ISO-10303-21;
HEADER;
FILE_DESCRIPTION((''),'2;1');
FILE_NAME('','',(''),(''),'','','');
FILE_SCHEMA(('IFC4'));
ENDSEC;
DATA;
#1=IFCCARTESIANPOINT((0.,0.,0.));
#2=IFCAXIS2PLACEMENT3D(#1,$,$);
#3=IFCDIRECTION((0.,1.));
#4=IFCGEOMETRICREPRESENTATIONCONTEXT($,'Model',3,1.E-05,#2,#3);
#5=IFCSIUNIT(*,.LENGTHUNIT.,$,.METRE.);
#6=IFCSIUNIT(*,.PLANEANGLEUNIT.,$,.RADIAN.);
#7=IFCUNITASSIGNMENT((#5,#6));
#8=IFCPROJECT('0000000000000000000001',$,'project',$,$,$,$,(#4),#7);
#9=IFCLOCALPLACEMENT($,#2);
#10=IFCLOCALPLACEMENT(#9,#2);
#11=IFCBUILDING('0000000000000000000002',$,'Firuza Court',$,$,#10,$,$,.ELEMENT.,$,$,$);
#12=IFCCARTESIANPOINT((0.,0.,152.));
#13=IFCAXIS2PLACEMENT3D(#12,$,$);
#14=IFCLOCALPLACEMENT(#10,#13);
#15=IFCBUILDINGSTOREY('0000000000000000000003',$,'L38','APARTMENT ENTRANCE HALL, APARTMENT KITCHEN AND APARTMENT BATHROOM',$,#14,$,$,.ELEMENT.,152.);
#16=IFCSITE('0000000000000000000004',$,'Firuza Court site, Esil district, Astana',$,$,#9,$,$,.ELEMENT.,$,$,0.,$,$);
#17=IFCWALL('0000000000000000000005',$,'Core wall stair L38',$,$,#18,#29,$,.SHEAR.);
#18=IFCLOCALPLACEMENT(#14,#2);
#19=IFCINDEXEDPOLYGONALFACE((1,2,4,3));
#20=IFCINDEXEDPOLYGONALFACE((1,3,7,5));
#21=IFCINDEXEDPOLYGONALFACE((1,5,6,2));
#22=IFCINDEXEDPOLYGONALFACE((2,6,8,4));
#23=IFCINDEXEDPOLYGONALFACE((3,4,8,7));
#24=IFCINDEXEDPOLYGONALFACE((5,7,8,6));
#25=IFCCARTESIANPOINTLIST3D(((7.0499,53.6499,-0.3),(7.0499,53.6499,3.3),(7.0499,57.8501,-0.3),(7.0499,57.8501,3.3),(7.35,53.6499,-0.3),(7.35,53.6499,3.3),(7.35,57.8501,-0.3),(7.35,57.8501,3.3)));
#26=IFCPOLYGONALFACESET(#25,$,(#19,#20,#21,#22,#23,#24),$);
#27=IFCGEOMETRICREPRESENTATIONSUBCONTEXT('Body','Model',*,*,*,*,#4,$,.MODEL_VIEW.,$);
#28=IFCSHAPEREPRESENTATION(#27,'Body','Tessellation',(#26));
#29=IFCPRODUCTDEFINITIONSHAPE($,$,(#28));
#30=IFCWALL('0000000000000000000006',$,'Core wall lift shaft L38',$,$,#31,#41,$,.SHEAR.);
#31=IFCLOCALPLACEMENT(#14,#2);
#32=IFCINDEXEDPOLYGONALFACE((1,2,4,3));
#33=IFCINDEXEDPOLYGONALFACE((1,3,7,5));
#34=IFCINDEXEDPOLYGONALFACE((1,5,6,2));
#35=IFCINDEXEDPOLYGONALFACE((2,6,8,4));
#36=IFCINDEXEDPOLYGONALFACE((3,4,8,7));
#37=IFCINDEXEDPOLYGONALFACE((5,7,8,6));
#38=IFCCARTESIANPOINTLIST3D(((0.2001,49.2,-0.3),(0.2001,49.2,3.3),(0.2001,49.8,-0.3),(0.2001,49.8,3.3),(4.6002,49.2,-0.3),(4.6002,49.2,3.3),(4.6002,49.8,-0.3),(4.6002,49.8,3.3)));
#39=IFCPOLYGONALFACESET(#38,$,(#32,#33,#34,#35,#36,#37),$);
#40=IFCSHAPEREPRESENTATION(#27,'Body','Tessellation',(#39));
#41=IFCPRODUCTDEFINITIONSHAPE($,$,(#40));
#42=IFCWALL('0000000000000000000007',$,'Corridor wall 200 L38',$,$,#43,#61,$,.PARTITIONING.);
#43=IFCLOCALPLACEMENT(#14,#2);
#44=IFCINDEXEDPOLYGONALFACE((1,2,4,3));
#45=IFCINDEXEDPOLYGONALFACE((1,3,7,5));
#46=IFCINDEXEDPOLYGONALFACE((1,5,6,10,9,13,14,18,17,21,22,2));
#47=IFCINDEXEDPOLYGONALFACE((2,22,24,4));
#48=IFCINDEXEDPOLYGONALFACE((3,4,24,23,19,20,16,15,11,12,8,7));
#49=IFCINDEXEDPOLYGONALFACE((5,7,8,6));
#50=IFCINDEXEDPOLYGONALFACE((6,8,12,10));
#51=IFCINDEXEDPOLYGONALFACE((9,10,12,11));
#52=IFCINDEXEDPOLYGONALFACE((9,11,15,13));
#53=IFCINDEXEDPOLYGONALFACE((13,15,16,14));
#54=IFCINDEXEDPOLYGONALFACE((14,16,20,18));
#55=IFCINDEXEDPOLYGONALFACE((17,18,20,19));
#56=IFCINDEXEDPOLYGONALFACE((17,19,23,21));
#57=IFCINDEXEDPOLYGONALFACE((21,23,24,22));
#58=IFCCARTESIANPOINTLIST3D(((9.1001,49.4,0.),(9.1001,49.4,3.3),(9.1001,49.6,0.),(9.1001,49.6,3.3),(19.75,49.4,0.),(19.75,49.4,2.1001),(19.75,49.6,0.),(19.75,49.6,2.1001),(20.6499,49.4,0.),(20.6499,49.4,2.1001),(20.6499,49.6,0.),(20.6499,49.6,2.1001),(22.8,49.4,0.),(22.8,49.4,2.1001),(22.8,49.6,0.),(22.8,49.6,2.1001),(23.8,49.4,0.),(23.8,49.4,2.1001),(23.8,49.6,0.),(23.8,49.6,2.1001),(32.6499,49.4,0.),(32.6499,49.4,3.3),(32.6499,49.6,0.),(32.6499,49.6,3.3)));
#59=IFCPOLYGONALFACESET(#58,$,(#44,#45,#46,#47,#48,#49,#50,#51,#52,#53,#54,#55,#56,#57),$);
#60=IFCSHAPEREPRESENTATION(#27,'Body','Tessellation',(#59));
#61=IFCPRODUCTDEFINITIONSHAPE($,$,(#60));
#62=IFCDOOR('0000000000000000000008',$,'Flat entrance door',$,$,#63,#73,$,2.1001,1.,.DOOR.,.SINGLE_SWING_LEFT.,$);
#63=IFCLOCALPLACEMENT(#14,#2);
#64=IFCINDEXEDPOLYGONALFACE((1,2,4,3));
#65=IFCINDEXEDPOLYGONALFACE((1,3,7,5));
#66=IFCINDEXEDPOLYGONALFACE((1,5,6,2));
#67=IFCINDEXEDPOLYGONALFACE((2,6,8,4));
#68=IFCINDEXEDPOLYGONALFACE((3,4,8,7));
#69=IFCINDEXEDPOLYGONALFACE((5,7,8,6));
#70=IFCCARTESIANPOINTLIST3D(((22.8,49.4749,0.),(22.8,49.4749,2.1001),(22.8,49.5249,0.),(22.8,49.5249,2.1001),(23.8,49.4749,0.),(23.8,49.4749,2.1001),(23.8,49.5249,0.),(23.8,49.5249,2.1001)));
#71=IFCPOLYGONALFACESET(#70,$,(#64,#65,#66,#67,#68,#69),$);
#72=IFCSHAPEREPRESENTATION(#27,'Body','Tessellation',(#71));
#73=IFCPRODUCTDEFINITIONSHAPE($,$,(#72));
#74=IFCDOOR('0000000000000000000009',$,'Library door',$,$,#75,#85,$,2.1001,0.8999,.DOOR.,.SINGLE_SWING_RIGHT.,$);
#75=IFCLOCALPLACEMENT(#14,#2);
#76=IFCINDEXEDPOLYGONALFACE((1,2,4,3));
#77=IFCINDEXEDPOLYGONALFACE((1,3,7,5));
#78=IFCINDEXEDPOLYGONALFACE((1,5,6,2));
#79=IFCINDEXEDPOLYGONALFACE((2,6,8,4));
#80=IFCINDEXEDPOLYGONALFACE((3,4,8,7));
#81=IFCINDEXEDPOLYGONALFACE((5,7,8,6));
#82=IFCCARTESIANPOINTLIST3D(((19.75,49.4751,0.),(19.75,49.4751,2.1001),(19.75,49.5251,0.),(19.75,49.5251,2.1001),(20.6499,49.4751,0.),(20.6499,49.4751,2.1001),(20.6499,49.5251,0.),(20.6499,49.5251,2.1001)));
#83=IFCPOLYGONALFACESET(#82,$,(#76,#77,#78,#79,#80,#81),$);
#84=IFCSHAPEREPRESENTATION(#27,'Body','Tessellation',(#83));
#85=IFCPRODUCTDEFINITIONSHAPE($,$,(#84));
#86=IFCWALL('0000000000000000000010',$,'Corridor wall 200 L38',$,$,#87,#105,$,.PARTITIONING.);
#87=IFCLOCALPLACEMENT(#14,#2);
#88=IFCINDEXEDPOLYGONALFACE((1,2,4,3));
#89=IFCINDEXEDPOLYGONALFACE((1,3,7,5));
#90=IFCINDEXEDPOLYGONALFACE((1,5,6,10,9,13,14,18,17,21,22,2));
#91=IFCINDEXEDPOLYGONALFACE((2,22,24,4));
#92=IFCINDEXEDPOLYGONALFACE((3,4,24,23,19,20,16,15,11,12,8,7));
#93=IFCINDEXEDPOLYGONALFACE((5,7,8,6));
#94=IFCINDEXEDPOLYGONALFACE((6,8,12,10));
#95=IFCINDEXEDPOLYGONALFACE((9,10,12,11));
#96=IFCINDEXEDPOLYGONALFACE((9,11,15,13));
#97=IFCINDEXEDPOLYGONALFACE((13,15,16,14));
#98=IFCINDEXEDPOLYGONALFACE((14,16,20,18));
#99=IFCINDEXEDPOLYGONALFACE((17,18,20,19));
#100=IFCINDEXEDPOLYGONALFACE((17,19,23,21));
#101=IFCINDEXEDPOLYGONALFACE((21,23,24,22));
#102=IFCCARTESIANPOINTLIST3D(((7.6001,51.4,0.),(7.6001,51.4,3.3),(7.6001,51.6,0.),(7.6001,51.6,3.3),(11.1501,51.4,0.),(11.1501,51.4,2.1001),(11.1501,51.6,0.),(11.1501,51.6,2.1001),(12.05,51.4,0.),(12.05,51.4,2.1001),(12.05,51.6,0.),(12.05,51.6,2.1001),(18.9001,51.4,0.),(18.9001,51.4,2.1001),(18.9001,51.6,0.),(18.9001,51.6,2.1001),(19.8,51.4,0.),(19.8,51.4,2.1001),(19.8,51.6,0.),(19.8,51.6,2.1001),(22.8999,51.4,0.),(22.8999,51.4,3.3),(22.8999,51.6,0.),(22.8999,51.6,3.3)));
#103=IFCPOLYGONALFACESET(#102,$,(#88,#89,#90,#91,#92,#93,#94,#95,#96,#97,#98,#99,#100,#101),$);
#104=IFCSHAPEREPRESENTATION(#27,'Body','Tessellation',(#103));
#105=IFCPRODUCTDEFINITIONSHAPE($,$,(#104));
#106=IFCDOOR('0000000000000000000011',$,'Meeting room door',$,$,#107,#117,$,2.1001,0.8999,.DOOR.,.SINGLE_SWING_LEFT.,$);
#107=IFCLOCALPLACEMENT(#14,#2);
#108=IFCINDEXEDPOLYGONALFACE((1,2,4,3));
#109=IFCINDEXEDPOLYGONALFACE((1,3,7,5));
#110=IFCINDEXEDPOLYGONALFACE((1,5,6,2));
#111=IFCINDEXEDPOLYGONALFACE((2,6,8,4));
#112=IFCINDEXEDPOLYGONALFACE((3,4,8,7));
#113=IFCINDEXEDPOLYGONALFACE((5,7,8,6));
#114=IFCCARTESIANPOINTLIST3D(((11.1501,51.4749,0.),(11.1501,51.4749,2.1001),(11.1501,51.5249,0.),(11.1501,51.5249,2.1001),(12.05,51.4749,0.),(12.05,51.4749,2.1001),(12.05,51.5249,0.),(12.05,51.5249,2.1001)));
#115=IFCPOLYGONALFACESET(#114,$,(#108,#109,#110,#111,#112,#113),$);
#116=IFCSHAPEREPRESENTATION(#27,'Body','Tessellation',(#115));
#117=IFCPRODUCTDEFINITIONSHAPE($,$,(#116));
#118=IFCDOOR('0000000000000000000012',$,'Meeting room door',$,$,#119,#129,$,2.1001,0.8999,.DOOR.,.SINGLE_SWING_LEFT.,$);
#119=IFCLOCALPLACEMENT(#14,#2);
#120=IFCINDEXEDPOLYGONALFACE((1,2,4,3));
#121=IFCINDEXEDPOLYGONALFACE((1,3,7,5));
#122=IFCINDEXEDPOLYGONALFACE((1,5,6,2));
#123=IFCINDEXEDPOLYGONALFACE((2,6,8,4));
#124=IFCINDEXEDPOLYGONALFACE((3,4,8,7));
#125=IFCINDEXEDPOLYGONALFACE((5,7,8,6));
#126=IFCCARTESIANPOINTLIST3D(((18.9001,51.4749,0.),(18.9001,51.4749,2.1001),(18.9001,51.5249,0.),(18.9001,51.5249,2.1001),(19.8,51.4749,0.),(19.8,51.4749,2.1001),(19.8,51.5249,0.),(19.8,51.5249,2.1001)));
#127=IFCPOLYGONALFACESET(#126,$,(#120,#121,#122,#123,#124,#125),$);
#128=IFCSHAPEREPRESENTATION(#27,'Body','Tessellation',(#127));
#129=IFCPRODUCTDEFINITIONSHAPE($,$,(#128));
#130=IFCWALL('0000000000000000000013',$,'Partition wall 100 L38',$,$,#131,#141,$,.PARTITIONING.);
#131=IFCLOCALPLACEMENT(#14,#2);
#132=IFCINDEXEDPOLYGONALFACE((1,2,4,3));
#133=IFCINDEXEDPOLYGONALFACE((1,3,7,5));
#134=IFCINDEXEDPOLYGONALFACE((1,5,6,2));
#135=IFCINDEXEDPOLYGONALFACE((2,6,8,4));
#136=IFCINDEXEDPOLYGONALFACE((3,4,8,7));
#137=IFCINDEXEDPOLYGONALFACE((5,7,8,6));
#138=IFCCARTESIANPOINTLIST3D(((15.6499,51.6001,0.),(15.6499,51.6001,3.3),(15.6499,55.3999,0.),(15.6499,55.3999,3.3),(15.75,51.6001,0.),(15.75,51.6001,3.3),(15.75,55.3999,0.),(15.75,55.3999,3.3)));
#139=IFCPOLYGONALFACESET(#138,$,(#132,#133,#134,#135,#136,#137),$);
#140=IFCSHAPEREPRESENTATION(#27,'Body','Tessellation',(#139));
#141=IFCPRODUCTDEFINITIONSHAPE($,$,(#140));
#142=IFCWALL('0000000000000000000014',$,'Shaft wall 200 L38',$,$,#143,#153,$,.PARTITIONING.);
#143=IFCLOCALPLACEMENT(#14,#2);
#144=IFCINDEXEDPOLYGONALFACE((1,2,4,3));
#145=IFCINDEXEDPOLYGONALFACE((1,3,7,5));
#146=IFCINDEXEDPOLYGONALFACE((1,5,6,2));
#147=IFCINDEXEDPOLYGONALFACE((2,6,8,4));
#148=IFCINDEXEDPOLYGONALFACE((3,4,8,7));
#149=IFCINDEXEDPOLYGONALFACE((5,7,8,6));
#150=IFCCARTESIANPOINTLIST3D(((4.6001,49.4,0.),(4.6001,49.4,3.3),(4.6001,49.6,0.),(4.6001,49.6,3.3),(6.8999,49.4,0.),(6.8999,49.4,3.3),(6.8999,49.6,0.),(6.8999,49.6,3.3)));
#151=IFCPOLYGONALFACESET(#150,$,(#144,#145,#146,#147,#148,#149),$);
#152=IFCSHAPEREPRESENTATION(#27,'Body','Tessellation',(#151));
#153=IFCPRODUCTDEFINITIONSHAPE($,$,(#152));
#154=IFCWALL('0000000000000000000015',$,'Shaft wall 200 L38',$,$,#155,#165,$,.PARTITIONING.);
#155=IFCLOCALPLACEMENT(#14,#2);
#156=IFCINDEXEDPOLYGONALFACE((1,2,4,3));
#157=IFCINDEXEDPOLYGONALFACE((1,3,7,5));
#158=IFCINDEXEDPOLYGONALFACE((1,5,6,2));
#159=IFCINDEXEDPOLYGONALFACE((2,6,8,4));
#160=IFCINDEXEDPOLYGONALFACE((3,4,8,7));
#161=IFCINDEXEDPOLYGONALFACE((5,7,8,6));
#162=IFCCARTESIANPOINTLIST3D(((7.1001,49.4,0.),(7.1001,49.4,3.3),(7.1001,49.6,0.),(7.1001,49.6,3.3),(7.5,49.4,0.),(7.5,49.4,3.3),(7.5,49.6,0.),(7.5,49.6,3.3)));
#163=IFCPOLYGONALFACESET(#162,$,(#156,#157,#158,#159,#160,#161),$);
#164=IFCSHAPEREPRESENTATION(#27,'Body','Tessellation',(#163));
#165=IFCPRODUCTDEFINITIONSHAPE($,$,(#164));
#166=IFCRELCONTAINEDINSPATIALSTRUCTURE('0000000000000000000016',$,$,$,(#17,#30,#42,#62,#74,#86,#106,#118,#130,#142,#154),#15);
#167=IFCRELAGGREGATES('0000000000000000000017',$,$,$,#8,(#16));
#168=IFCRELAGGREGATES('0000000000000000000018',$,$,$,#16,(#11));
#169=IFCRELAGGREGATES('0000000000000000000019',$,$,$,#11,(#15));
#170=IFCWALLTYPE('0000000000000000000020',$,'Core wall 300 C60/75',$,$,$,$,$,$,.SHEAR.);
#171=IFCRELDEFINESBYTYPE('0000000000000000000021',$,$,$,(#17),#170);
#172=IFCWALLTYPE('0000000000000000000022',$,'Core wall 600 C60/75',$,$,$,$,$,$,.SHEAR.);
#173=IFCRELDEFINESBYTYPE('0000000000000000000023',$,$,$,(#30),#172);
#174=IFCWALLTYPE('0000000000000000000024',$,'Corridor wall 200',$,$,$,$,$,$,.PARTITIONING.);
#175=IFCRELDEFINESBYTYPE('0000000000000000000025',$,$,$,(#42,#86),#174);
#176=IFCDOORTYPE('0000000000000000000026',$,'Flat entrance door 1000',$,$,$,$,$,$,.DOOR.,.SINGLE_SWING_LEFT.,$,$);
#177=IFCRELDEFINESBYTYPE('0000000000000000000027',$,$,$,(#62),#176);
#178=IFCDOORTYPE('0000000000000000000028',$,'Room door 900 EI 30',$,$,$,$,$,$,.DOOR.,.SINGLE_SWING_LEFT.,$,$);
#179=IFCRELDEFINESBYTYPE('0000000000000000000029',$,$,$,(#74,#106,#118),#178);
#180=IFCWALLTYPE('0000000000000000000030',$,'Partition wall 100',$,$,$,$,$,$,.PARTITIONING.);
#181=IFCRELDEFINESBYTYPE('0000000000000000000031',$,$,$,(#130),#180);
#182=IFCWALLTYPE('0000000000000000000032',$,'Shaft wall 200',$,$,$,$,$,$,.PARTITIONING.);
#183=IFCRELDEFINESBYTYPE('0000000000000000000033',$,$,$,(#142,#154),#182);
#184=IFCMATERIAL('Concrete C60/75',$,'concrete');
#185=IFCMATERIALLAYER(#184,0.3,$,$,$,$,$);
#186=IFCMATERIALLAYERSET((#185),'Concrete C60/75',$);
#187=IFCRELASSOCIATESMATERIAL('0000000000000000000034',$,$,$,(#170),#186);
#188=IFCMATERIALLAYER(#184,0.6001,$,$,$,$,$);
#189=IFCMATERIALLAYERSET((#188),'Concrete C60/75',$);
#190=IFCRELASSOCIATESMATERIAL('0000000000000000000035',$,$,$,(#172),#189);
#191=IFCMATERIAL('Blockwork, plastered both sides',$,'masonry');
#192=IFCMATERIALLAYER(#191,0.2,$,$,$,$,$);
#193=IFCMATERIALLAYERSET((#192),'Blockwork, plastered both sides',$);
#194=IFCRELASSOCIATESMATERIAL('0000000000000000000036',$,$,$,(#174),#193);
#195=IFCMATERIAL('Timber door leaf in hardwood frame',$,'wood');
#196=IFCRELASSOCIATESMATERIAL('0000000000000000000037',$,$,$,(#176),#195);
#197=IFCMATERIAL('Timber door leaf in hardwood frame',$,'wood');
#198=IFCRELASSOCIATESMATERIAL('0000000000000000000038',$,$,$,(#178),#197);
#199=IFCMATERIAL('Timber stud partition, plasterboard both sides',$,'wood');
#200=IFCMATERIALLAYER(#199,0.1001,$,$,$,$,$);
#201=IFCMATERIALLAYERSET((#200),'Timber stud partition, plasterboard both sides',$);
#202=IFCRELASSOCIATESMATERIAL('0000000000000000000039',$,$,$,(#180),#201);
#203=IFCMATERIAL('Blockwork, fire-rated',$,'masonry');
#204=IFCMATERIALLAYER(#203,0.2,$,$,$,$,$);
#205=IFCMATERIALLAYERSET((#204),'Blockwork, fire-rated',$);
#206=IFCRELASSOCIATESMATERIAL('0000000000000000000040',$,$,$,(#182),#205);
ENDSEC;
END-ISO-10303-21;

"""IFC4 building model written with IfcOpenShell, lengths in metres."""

from ifc_helpers import new_model, si_unit, direction, frame, frame_2d, origin, place, context, subcontext, project, spatial, rectangle, extrude, material, layer, layer_set, type_object, element, fill, save


model = new_model("IFC4")

# Units and contexts
model_context = context("Model", 3, precision=1e-05, world=origin(), true_north=direction((0.0, 1.0)))
body_context = subcontext(model_context, "Body", "Model", "MODEL_VIEW")
ifc_project = project(units=[si_unit("LENGTHUNIT", "METRE"), si_unit("PLANEANGLEUNIT", "RADIAN")], contexts=[model_context])

# Site, building, storey
site_placement = place(None, origin())
site = spatial("IfcSite", under=ifc_project, at=site_placement, Name="Firuza Court site, Esil district, Astana", CompositionType="ELEMENT", RefElevation=0.0)
building_placement = place(site_placement, origin())
building = spatial("IfcBuilding", under=site, at=building_placement, Name="Firuza Court", CompositionType="ELEMENT")
storey_placement = place(building_placement, frame((0.0, 0.0, 152.0)))
storey = spatial("IfcBuildingStorey", under=building, at=storey_placement, Name="L38", Description="APARTMENT ENTRANCE HALL, APARTMENT KITCHEN AND APARTMENT BATHROOM", CompositionType="ELEMENT", Elevation=152.0)

# Shared definitions
ifc_material_1 = material(Name="Concrete C60/75", Category="concrete")
ifc_layer_1 = layer(ifc_material_1, 0.3)
ifc_layer_set_1 = layer_set([ifc_layer_1], Name="Concrete C60/75")
wall_type_1 = type_object("IfcWallType", Name="Core wall 300 C60/75", PredefinedType="SHEAR", material=ifc_layer_set_1)

# Walls
wall_1_placement = place(storey_placement, frame((7.2, 53.6499, -0.3), z_axis=(0.0, 0.0, 1.0), x_axis=(0.0, 1.0, 0.0)))
element("IfcWall", 1, at=wall_1_placement, inside=storey, type_object=wall_type_1, Name="Core wall stair L38", PredefinedType="SHEAR", context=body_context, shape_type="SweptSolid", body=[
    extrude(rectangle(XDim=4.2002, YDim=0.3, at=frame_2d((2.1001, 0.0))), origin(), (0.0, 0.0, 1.0), 3.6001),
])
ifc_layer_2 = layer(ifc_material_1, 0.6001)
ifc_layer_set_2 = layer_set([ifc_layer_2], Name="Concrete C60/75")
wall_type_2 = type_object("IfcWallType", Name="Core wall 600 C60/75", PredefinedType="SHEAR", material=ifc_layer_set_2)
wall_2_placement = place(storey_placement, frame((0.2, 49.5, -0.3), z_axis=(0.0, 0.0, 1.0), x_axis=(1.0, 0.0, 0.0)))
element("IfcWall", 2, at=wall_2_placement, inside=storey, type_object=wall_type_2, Name="Core wall lift shaft L38", PredefinedType="SHEAR", context=body_context, shape_type="SweptSolid", body=[
    extrude(rectangle(XDim=4.4001, YDim=0.6001, at=frame_2d((2.2002, 0.0))), origin(), (0.0, 0.0, 1.0), 3.6001),
])

# Walls, openings, doors
ifc_material_2 = material(Name="Blockwork, plastered both sides", Category="masonry")
ifc_layer_3 = layer(ifc_material_2, 0.2)
ifc_layer_set_3 = layer_set([ifc_layer_3], Name="Blockwork, plastered both sides")
wall_type_3 = type_object("IfcWallType", Name="Corridor wall 200", PredefinedType="PARTITIONING", material=ifc_layer_set_3)
wall_3_placement = place(storey_placement, frame((9.1001, 49.5, 0.0), z_axis=(0.0, 0.0, 1.0), x_axis=(1.0, 0.0, 0.0)))
wall_3 = element("IfcWall", 3, at=wall_3_placement, inside=storey, type_object=wall_type_3, Name="Corridor wall 200 L38", PredefinedType="PARTITIONING", context=body_context, shape_type="SweptSolid", body=[
    extrude(rectangle(XDim=23.5498, YDim=0.2, at=frame_2d((11.7749, 0.0))), origin(), (0.0, 0.0, 1.0), 3.3),
])
opening_1_placement = place(wall_3_placement, frame((13.7, 0.0, 0.0)))
opening_1 = element("IfcOpeningElement", 4, at=opening_1_placement, cuts=wall_3, PredefinedType="OPENING", context=body_context, shape_type="SweptSolid", body=[
    extrude(rectangle(XDim=1.0, YDim=2.1001, at=frame_2d((0.5, 1.05))), frame((0.0, 0.1118, 0.0), z_axis=(0.0, -1.0, 0.0), x_axis=(1.0, 0.0, 0.0)), (0.0, 0.0, 1.0), 0.2239),
])
opening_2_placement = place(wall_3_placement, frame((10.6499, 0.0, 0.0)))
opening_2 = element("IfcOpeningElement", 5, at=opening_2_placement, cuts=wall_3, PredefinedType="OPENING", context=body_context, shape_type="SweptSolid", body=[
    extrude(rectangle(XDim=0.8999, YDim=2.1001, at=frame_2d((0.45, 1.05))), frame((0.0, 0.1118, 0.0), z_axis=(0.0, -1.0, 0.0), x_axis=(1.0, 0.0, 0.0)), (0.0, 0.0, 1.0), 0.2239),
])
ifc_material_3 = material(Name="Timber door leaf in hardwood frame", Category="wood")
door_type_1 = type_object("IfcDoorType", Name="Flat entrance door 1000", OperationType="SINGLE_SWING_LEFT", PredefinedType="DOOR", material=ifc_material_3)
door_1_placement = place(opening_1_placement, origin())
door_1 = element("IfcDoor", 6, at=door_1_placement, inside=storey, type_object=door_type_1, Name="Flat entrance door", OperationType="SINGLE_SWING_LEFT", OverallHeight=2.1001, OverallWidth=1.0, PredefinedType="DOOR", context=body_context, shape_type="SweptSolid", body=[
    extrude(rectangle(XDim=1.0, YDim=2.1001, at=frame_2d((0.5, 1.05))), frame((0.0, 0.0249, 0.0), z_axis=(0.0, -1.0, 0.0), x_axis=(1.0, 0.0, 0.0)), (0.0, 0.0, 1.0), 0.05),
])
fill(opening_1, door_1)
ifc_material_4 = material(Name="Timber door leaf in hardwood frame", Category="wood")
door_type_2 = type_object("IfcDoorType", Name="Room door 900 EI 30", OperationType="SINGLE_SWING_LEFT", PredefinedType="DOOR", material=ifc_material_4)
door_2_placement = place(opening_2_placement, frame((0.8999, 0.0, 0.0), z_axis=(0.0, 0.0, 1.0), x_axis=(-1.0, 0.0, 0.0)))
door_2 = element("IfcDoor", 7, at=door_2_placement, inside=storey, type_object=door_type_2, Name="Library door", OperationType="SINGLE_SWING_RIGHT", OverallHeight=2.1001, OverallWidth=0.8999, PredefinedType="DOOR", context=body_context, shape_type="SweptSolid", body=[
    extrude(rectangle(XDim=0.8999, YDim=2.1001, at=frame_2d((0.45, 1.05))), frame((0.0, 0.0249, 0.0), z_axis=(0.0, -1.0, 0.0), x_axis=(1.0, 0.0, 0.0)), (0.0, 0.0, 1.0), 0.05),
])
fill(opening_2, door_2)
wall_4_placement = place(storey_placement, frame((7.6001, 51.5, 0.0), z_axis=(0.0, 0.0, 1.0), x_axis=(1.0, 0.0, 0.0)))
wall_4 = element("IfcWall", 8, at=wall_4_placement, inside=storey, type_object=wall_type_3, Name="Corridor wall 200 L38", PredefinedType="PARTITIONING", context=body_context, shape_type="SweptSolid", body=[
    extrude(rectangle(XDim=15.2998, YDim=0.2, at=frame_2d((7.6499, 0.0))), origin(), (0.0, 0.0, 1.0), 3.3),
])
opening_3_placement = place(wall_4_placement, frame((3.55, 0.0, 0.0)))
opening_3 = element("IfcOpeningElement", 9, at=opening_3_placement, cuts=wall_4, PredefinedType="OPENING", context=body_context, shape_type="SweptSolid", body=[
    extrude(rectangle(XDim=0.8999, YDim=2.1001, at=frame_2d((0.45, 1.05))), frame((0.0, 0.1118, 0.0), z_axis=(0.0, -1.0, 0.0), x_axis=(1.0, 0.0, 0.0)), (0.0, 0.0, 1.0), 0.2239),
])
opening_4_placement = place(wall_4_placement, frame((11.3, 0.0, 0.0)))
opening_4 = element("IfcOpeningElement", 10, at=opening_4_placement, cuts=wall_4, PredefinedType="OPENING", context=body_context, shape_type="SweptSolid", body=[
    extrude(rectangle(XDim=0.8999, YDim=2.1001, at=frame_2d((0.45, 1.05))), frame((0.0, 0.1118, 0.0), z_axis=(0.0, -1.0, 0.0), x_axis=(1.0, 0.0, 0.0)), (0.0, 0.0, 1.0), 0.2239),
])
door_3_placement = place(opening_3_placement, origin())
door_3 = element("IfcDoor", 11, at=door_3_placement, inside=storey, type_object=door_type_2, Name="Meeting room door", OperationType="SINGLE_SWING_LEFT", OverallHeight=2.1001, OverallWidth=0.8999, PredefinedType="DOOR", context=body_context, shape_type="SweptSolid", body=[
    extrude(rectangle(XDim=0.8999, YDim=2.1001, at=frame_2d((0.45, 1.05))), frame((0.0, 0.0249, 0.0), z_axis=(0.0, -1.0, 0.0), x_axis=(1.0, 0.0, 0.0)), (0.0, 0.0, 1.0), 0.05),
])
fill(opening_3, door_3)
door_4_placement = place(opening_4_placement, origin())
door_4 = element("IfcDoor", 12, at=door_4_placement, inside=storey, type_object=door_type_2, Name="Meeting room door", OperationType="SINGLE_SWING_LEFT", OverallHeight=2.1001, OverallWidth=0.8999, PredefinedType="DOOR", context=body_context, shape_type="SweptSolid", body=[
    extrude(rectangle(XDim=0.8999, YDim=2.1001, at=frame_2d((0.45, 1.05))), frame((0.0, 0.0249, 0.0), z_axis=(0.0, -1.0, 0.0), x_axis=(1.0, 0.0, 0.0)), (0.0, 0.0, 1.0), 0.05),
])
fill(opening_4, door_4)

# Walls
ifc_material_5 = material(Name="Timber stud partition, plasterboard both sides", Category="wood")
ifc_layer_4 = layer(ifc_material_5, 0.1001)
ifc_layer_set_4 = layer_set([ifc_layer_4], Name="Timber stud partition, plasterboard both sides")
wall_type_4 = type_object("IfcWallType", Name="Partition wall 100", PredefinedType="PARTITIONING", material=ifc_layer_set_4)
wall_5_placement = place(storey_placement, frame((15.7, 51.6001, 0.0), z_axis=(0.0, 0.0, 1.0), x_axis=(0.0, 1.0, 0.0)))
element("IfcWall", 13, at=wall_5_placement, inside=storey, type_object=wall_type_4, Name="Partition wall 100 L38", PredefinedType="PARTITIONING", context=body_context, shape_type="SweptSolid", body=[
    extrude(rectangle(XDim=3.7998, YDim=0.1001, at=frame_2d((1.8999, 0.0))), origin(), (0.0, 0.0, 1.0), 3.3),
])
ifc_material_6 = material(Name="Blockwork, fire-rated", Category="masonry")
ifc_layer_5 = layer(ifc_material_6, 0.2)
ifc_layer_set_5 = layer_set([ifc_layer_5], Name="Blockwork, fire-rated")
wall_type_5 = type_object("IfcWallType", Name="Shaft wall 200", PredefinedType="PARTITIONING", material=ifc_layer_set_5)
wall_6_placement = place(storey_placement, frame((4.6001, 49.5, 0.0), z_axis=(0.0, 0.0, 1.0), x_axis=(1.0, 0.0, 0.0)))
element("IfcWall", 14, at=wall_6_placement, inside=storey, type_object=wall_type_5, Name="Shaft wall 200 L38", PredefinedType="PARTITIONING", context=body_context, shape_type="SweptSolid", body=[
    extrude(rectangle(XDim=2.2998, YDim=0.2, at=frame_2d((1.1499, 0.0))), origin(), (0.0, 0.0, 1.0), 3.3),
])
wall_7_placement = place(storey_placement, frame((7.1001, 49.5, 0.0), z_axis=(0.0, 0.0, 1.0), x_axis=(1.0, 0.0, 0.0)))
element("IfcWall", 15, at=wall_7_placement, inside=storey, type_object=wall_type_5, Name="Shaft wall 200 L38", PredefinedType="PARTITIONING", context=body_context, shape_type="SweptSolid", body=[
    extrude(rectangle(XDim=0.3999, YDim=0.2, at=frame_2d((0.2, 0.0))), origin(), (0.0, 0.0, 1.0), 3.3),
])

save(model, "model.ifc")
